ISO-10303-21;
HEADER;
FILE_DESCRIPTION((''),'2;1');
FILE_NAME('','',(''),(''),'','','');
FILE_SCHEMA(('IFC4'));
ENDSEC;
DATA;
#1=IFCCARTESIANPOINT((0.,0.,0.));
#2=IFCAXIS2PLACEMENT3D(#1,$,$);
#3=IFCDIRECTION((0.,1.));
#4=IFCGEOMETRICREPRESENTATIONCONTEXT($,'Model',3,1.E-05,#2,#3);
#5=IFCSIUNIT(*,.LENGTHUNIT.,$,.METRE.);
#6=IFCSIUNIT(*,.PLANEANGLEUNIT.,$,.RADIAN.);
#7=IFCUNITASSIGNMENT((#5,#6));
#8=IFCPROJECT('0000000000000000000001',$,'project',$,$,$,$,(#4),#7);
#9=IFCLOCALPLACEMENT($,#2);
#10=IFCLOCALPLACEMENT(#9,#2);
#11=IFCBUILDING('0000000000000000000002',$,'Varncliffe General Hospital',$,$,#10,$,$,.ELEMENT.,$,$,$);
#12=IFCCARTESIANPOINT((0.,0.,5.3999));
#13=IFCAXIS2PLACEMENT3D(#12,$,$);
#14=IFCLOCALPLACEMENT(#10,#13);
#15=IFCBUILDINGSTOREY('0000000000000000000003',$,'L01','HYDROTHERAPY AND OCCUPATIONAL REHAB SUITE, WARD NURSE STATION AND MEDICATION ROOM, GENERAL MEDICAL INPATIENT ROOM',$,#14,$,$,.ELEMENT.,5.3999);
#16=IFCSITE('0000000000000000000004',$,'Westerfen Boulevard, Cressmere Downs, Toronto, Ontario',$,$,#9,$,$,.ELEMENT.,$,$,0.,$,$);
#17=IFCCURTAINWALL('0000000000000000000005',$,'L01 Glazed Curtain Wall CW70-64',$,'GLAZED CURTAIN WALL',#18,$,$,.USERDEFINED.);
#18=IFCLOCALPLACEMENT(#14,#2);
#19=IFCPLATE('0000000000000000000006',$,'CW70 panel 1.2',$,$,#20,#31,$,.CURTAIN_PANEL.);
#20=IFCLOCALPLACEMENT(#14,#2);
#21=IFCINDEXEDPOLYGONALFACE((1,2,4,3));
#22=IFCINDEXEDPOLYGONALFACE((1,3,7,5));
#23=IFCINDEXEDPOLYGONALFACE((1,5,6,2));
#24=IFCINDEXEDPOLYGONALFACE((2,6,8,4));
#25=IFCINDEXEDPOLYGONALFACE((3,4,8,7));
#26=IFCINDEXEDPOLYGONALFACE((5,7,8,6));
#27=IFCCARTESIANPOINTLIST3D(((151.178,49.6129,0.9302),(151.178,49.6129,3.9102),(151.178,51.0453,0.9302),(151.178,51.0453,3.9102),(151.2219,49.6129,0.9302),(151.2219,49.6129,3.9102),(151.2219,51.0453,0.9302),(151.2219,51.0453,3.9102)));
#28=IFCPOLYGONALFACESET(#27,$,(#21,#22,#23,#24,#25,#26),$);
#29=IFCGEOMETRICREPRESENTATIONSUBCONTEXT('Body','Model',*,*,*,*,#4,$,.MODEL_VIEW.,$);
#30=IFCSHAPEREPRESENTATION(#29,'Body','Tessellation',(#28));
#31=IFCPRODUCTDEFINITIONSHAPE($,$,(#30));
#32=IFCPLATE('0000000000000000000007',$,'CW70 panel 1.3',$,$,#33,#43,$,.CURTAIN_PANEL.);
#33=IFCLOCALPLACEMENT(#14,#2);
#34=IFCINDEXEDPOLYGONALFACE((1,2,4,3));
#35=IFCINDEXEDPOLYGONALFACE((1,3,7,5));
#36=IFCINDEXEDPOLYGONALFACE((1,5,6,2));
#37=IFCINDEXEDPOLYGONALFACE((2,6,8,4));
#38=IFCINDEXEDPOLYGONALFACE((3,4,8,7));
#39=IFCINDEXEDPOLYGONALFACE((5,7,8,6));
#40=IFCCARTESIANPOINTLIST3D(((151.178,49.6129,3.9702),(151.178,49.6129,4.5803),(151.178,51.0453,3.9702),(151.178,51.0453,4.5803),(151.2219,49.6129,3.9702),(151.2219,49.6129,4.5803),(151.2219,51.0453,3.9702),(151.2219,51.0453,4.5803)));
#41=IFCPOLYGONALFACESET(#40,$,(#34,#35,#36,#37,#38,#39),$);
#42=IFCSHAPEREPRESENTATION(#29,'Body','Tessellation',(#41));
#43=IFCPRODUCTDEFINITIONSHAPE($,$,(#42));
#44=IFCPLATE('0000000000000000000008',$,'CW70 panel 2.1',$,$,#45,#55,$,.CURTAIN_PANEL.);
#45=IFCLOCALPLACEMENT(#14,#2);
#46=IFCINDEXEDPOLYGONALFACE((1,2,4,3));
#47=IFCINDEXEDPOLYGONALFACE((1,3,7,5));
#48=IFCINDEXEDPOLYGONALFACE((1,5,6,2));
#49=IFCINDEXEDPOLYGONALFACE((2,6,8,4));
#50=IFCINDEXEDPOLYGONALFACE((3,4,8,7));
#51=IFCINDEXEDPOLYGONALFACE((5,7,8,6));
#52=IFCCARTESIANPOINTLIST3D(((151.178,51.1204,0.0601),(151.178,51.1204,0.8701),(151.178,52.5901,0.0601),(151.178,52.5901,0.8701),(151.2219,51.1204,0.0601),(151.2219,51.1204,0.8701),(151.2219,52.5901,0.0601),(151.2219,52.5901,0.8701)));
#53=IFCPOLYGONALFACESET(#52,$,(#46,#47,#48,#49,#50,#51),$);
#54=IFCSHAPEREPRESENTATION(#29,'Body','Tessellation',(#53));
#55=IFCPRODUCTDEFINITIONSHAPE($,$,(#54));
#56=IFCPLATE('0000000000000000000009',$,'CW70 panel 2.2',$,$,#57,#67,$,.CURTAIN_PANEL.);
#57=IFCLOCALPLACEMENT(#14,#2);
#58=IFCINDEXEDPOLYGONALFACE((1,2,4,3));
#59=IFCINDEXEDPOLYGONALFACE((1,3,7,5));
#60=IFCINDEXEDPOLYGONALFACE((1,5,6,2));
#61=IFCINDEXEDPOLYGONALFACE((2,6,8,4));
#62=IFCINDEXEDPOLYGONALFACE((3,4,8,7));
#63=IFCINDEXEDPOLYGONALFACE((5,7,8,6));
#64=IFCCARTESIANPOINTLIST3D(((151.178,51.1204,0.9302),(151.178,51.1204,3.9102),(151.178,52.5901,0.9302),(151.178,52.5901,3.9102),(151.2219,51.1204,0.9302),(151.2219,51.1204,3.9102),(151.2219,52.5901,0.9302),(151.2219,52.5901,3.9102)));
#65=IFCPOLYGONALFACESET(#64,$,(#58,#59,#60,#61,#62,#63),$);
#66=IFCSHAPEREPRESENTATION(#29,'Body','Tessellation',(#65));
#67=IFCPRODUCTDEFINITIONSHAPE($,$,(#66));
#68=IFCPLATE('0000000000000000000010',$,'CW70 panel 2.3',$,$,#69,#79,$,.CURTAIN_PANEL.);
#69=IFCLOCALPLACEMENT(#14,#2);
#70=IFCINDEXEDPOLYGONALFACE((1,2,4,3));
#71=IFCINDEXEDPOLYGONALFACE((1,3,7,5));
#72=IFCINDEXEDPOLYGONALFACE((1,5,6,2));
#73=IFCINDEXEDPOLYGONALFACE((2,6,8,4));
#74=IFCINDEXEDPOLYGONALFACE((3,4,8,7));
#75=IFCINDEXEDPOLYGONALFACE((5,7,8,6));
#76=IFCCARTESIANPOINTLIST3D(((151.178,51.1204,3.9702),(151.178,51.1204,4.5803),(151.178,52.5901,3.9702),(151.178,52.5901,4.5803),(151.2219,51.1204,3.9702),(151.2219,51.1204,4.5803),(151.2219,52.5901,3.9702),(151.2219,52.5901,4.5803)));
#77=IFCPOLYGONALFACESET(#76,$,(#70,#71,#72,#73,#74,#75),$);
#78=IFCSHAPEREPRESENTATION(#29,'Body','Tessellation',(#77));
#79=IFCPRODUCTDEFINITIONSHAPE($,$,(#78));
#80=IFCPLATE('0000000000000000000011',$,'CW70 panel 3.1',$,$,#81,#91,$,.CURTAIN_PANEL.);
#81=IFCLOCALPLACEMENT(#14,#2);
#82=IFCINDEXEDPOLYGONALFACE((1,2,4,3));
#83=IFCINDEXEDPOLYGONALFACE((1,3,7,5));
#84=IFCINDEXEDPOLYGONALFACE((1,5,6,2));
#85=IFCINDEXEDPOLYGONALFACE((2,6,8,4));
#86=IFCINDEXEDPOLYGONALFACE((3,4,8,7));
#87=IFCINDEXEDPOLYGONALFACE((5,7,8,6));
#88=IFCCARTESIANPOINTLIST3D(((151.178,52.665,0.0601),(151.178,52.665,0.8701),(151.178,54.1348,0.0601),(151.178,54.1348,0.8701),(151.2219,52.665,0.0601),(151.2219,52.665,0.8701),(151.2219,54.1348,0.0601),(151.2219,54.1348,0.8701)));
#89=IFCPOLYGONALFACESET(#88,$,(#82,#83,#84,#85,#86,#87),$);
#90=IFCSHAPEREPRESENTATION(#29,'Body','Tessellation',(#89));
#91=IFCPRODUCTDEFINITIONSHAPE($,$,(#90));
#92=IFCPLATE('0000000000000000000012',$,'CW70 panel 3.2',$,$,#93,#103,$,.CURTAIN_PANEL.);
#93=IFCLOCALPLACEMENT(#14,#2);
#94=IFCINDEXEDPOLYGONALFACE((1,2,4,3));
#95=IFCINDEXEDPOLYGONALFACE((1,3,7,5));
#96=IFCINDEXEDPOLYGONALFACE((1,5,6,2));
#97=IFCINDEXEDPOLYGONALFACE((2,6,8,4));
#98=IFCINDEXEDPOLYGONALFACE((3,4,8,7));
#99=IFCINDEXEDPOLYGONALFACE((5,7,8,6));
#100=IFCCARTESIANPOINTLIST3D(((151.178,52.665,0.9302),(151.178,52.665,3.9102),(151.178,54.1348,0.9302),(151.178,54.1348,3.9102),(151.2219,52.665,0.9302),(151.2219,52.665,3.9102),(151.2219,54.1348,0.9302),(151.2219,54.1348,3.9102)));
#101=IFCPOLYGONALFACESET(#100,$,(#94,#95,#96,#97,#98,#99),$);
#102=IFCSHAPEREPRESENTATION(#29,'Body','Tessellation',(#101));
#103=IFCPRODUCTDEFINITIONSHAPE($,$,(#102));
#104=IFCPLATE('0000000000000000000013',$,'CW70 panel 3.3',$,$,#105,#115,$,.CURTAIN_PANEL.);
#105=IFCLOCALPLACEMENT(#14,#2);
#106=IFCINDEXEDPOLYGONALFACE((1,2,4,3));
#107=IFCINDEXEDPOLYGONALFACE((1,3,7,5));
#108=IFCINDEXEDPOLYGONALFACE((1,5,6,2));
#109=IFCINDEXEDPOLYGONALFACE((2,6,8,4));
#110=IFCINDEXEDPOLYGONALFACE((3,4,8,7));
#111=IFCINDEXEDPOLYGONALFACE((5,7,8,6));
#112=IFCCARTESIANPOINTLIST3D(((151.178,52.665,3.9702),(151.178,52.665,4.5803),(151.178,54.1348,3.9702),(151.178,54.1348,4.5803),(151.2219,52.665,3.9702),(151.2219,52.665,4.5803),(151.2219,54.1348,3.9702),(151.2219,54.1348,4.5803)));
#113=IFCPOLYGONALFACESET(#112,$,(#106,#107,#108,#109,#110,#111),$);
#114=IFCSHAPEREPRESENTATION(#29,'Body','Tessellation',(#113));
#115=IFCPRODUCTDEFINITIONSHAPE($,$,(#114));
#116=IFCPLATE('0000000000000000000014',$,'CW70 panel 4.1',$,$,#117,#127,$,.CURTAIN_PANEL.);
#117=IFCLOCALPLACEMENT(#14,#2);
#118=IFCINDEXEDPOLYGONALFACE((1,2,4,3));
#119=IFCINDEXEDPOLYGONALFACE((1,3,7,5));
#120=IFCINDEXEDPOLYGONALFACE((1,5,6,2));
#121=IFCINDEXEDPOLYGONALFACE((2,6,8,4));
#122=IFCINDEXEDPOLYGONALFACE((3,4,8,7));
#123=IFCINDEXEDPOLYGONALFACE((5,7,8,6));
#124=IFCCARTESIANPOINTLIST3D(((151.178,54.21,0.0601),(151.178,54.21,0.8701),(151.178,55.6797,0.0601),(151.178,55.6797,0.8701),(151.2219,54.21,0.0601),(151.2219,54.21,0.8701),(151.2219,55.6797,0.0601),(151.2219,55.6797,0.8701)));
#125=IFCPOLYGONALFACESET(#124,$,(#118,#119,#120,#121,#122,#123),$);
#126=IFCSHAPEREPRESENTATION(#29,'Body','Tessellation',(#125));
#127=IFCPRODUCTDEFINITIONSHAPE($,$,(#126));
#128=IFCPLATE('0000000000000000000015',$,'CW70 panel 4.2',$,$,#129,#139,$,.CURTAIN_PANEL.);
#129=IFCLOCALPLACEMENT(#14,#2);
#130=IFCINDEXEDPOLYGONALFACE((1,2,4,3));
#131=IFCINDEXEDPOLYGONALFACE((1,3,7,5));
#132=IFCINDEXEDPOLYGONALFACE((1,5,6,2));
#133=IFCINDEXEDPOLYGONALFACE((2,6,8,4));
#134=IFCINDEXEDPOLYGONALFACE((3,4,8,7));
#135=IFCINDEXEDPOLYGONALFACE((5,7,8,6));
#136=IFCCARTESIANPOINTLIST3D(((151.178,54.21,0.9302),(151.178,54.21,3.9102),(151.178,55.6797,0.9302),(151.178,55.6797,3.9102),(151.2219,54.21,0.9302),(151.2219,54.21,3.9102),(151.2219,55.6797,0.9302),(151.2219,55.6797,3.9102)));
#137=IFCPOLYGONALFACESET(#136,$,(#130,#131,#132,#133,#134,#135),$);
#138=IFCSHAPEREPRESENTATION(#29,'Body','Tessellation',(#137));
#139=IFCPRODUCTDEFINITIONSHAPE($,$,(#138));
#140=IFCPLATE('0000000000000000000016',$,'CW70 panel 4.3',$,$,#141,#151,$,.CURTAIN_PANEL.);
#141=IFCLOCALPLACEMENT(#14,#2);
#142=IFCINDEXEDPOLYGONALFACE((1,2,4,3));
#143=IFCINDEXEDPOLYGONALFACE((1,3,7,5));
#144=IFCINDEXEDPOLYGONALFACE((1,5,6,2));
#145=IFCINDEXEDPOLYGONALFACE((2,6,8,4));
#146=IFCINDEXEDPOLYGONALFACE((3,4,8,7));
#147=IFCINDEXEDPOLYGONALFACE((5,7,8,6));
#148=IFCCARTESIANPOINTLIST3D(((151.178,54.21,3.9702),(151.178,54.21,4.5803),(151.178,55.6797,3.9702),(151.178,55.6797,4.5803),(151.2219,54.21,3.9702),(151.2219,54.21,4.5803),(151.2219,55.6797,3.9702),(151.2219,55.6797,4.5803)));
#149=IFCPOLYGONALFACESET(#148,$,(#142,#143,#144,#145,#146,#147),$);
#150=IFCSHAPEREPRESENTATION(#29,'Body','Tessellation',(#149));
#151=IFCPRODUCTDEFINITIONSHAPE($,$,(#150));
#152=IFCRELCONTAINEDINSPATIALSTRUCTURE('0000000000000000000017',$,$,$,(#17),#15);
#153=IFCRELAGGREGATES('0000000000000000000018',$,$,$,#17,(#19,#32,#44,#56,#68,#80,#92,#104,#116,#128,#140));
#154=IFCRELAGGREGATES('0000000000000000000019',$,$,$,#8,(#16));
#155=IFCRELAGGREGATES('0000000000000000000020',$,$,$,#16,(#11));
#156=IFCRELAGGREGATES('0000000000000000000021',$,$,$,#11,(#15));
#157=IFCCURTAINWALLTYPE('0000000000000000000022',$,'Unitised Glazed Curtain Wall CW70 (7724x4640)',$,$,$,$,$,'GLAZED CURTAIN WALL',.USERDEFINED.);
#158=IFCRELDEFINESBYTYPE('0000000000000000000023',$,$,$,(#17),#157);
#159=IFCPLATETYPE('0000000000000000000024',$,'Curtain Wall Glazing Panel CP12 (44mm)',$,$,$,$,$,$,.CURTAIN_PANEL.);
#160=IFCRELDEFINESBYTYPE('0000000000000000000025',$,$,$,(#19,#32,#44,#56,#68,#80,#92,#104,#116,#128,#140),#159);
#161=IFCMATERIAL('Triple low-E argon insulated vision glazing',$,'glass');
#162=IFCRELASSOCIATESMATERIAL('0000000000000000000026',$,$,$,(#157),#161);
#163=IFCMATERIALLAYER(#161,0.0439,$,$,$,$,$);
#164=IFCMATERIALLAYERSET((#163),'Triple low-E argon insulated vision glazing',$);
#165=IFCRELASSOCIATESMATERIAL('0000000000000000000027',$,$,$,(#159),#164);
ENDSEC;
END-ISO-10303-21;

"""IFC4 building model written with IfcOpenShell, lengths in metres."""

from ifc_helpers import new_model, si_unit, direction, frame, origin, origin_2d, place, context, subcontext, project, spatial, rectangle, extrude, material, layer, layer_set, type_object, element, aggregate, save


model = new_model("IFC4")

# Units and contexts
model_context = context("Model", 3, precision=1e-05, world=origin(), true_north=direction((0.0, 1.0)))
body_context = subcontext(model_context, "Body", "Model", "MODEL_VIEW")
ifc_project = project(units=[si_unit("LENGTHUNIT", "METRE"), si_unit("PLANEANGLEUNIT", "RADIAN")], contexts=[model_context])

# Site, building, storey
site_placement = place(None, origin())
site = spatial("IfcSite", under=ifc_project, at=site_placement, Name="Westerfen Boulevard, Cressmere Downs, Toronto, Ontario", CompositionType="ELEMENT", RefElevation=0.0)
building_placement = place(site_placement, origin())
building = spatial("IfcBuilding", under=site, at=building_placement, Name="Varncliffe General Hospital", CompositionType="ELEMENT")
storey_placement = place(building_placement, frame((0.0, 0.0, 5.3999)))
storey = spatial("IfcBuildingStorey", under=building, at=storey_placement, Name="L01", Description="HYDROTHERAPY AND OCCUPATIONAL REHAB SUITE, WARD NURSE STATION AND MEDICATION ROOM, GENERAL MEDICAL INPATIENT ROOM", CompositionType="ELEMENT", Elevation=5.3999)

# Curtain wall
ifc_material_1 = material(Name="Triple low-E argon insulated vision glazing", Category="glass")
curtain_wall_type_1 = type_object("IfcCurtainWallType", Name="Unitised Glazed Curtain Wall CW70 (7724x4640)", ElementType="GLAZED CURTAIN WALL", PredefinedType="USERDEFINED", material=ifc_material_1)
curtain_wall_1_placement = place(storey_placement, origin())
curtain_wall_1 = element("IfcCurtainWall", 1, at=curtain_wall_1_placement, inside=storey, type_object=curtain_wall_type_1, Name="L01 Glazed Curtain Wall CW70-64", ObjectType="GLAZED CURTAIN WALL", PredefinedType="USERDEFINED")

# Plates
ifc_layer = layer(ifc_material_1, 0.0439)
ifc_layer_set = layer_set([ifc_layer], Name="Triple low-E argon insulated vision glazing")
plate_type = type_object("IfcPlateType", Name="Curtain Wall Glazing Panel CP12 (44mm)", PredefinedType="CURTAIN_PANEL", material=ifc_layer_set)
plate_1_placement = place(storey_placement, frame((151.2, 50.3291, 0.9302), z_axis=(0.0, 0.0, 1.0), x_axis=(0.0, 1.0, 0.0)))
plate_1 = element("IfcPlate", 2, at=plate_1_placement, type_object=plate_type, Name="CW70 panel 1.2", PredefinedType="CURTAIN_PANEL", context=body_context, shape_type="SweptSolid", body=[
    extrude(rectangle(XDim=1.4324, YDim=0.0439, at=origin_2d()), origin(), (0.0, 0.0, 1.0), 2.98),
])
plate_2_placement = place(storey_placement, frame((151.2, 50.3291, 3.9702), z_axis=(0.0, 0.0, 1.0), x_axis=(0.0, 1.0, 0.0)))
plate_2 = element("IfcPlate", 3, at=plate_2_placement, type_object=plate_type, Name="CW70 panel 1.3", PredefinedType="CURTAIN_PANEL", context=body_context, shape_type="SweptSolid", body=[
    extrude(rectangle(XDim=1.4324, YDim=0.0439, at=origin_2d()), origin(), (0.0, 0.0, 1.0), 0.6101),
])
plate_3_placement = place(storey_placement, frame((151.2, 51.8552, 0.0601), z_axis=(0.0, 0.0, 1.0), x_axis=(0.0, 1.0, 0.0)))
plate_3 = element("IfcPlate", 4, at=plate_3_placement, type_object=plate_type, Name="CW70 panel 2.1", PredefinedType="CURTAIN_PANEL", context=body_context, shape_type="SweptSolid", body=[
    extrude(rectangle(XDim=1.4697, YDim=0.0439, at=origin_2d()), origin(), (0.0, 0.0, 1.0), 0.8101),
])
plate_4_placement = place(storey_placement, frame((151.2, 51.8552, 0.9302), z_axis=(0.0, 0.0, 1.0), x_axis=(0.0, 1.0, 0.0)))
plate_4 = element("IfcPlate", 5, at=plate_4_placement, type_object=plate_type, Name="CW70 panel 2.2", PredefinedType="CURTAIN_PANEL", context=body_context, shape_type="SweptSolid", body=[
    extrude(rectangle(XDim=1.4697, YDim=0.0439, at=origin_2d()), origin(), (0.0, 0.0, 1.0), 2.98),
])
plate_5_placement = place(storey_placement, frame((151.2, 51.8552, 3.9702), z_axis=(0.0, 0.0, 1.0), x_axis=(0.0, 1.0, 0.0)))
plate_5 = element("IfcPlate", 6, at=plate_5_placement, type_object=plate_type, Name="CW70 panel 2.3", PredefinedType="CURTAIN_PANEL", context=body_context, shape_type="SweptSolid", body=[
    extrude(rectangle(XDim=1.4697, YDim=0.0439, at=origin_2d()), origin(), (0.0, 0.0, 1.0), 0.6101),
])
plate_6_placement = place(storey_placement, frame((151.2, 53.3999, 0.0601), z_axis=(0.0, 0.0, 1.0), x_axis=(0.0, 1.0, 0.0)))
plate_6 = element("IfcPlate", 7, at=plate_6_placement, type_object=plate_type, Name="CW70 panel 3.1", PredefinedType="CURTAIN_PANEL", context=body_context, shape_type="SweptSolid", body=[
    extrude(rectangle(XDim=1.4697, YDim=0.0439, at=origin_2d()), origin(), (0.0, 0.0, 1.0), 0.8101),
])
plate_7_placement = place(storey_placement, frame((151.2, 53.3999, 0.9302), z_axis=(0.0, 0.0, 1.0), x_axis=(0.0, 1.0, 0.0)))
plate_7 = element("IfcPlate", 8, at=plate_7_placement, type_object=plate_type, Name="CW70 panel 3.2", PredefinedType="CURTAIN_PANEL", context=body_context, shape_type="SweptSolid", body=[
    extrude(rectangle(XDim=1.4697, YDim=0.0439, at=origin_2d()), origin(), (0.0, 0.0, 1.0), 2.98),
])
plate_8_placement = place(storey_placement, frame((151.2, 53.3999, 3.9702), z_axis=(0.0, 0.0, 1.0), x_axis=(0.0, 1.0, 0.0)))
plate_8 = element("IfcPlate", 9, at=plate_8_placement, type_object=plate_type, Name="CW70 panel 3.3", PredefinedType="CURTAIN_PANEL", context=body_context, shape_type="SweptSolid", body=[
    extrude(rectangle(XDim=1.4697, YDim=0.0439, at=origin_2d()), origin(), (0.0, 0.0, 1.0), 0.6101),
])
plate_9_placement = place(storey_placement, frame((151.2, 54.9448, 0.0601), z_axis=(0.0, 0.0, 1.0), x_axis=(0.0, 1.0, 0.0)))
plate_9 = element("IfcPlate", 10, at=plate_9_placement, type_object=plate_type, Name="CW70 panel 4.1", PredefinedType="CURTAIN_PANEL", context=body_context, shape_type="SweptSolid", body=[
    extrude(rectangle(XDim=1.4697, YDim=0.0439, at=origin_2d()), origin(), (0.0, 0.0, 1.0), 0.8101),
])
plate_10_placement = place(storey_placement, frame((151.2, 54.9448, 0.9302), z_axis=(0.0, 0.0, 1.0), x_axis=(0.0, 1.0, 0.0)))
plate_10 = element("IfcPlate", 11, at=plate_10_placement, type_object=plate_type, Name="CW70 panel 4.2", PredefinedType="CURTAIN_PANEL", context=body_context, shape_type="SweptSolid", body=[
    extrude(rectangle(XDim=1.4697, YDim=0.0439, at=origin_2d()), origin(), (0.0, 0.0, 1.0), 2.98),
])
plate_11_placement = place(storey_placement, frame((151.2, 54.9448, 3.9702), z_axis=(0.0, 0.0, 1.0), x_axis=(0.0, 1.0, 0.0)))
plate_11 = element("IfcPlate", 12, at=plate_11_placement, type_object=plate_type, Name="CW70 panel 4.3", PredefinedType="CURTAIN_PANEL", context=body_context, shape_type="SweptSolid", body=[
    extrude(rectangle(XDim=1.4697, YDim=0.0439, at=origin_2d()), origin(), (0.0, 0.0, 1.0), 0.6101),
])
aggregate(curtain_wall_1, [plate_1, plate_2, plate_3, plate_4, plate_5, plate_6, plate_7, plate_8, plate_9, plate_10, plate_11])

save(model, "model.ifc")
